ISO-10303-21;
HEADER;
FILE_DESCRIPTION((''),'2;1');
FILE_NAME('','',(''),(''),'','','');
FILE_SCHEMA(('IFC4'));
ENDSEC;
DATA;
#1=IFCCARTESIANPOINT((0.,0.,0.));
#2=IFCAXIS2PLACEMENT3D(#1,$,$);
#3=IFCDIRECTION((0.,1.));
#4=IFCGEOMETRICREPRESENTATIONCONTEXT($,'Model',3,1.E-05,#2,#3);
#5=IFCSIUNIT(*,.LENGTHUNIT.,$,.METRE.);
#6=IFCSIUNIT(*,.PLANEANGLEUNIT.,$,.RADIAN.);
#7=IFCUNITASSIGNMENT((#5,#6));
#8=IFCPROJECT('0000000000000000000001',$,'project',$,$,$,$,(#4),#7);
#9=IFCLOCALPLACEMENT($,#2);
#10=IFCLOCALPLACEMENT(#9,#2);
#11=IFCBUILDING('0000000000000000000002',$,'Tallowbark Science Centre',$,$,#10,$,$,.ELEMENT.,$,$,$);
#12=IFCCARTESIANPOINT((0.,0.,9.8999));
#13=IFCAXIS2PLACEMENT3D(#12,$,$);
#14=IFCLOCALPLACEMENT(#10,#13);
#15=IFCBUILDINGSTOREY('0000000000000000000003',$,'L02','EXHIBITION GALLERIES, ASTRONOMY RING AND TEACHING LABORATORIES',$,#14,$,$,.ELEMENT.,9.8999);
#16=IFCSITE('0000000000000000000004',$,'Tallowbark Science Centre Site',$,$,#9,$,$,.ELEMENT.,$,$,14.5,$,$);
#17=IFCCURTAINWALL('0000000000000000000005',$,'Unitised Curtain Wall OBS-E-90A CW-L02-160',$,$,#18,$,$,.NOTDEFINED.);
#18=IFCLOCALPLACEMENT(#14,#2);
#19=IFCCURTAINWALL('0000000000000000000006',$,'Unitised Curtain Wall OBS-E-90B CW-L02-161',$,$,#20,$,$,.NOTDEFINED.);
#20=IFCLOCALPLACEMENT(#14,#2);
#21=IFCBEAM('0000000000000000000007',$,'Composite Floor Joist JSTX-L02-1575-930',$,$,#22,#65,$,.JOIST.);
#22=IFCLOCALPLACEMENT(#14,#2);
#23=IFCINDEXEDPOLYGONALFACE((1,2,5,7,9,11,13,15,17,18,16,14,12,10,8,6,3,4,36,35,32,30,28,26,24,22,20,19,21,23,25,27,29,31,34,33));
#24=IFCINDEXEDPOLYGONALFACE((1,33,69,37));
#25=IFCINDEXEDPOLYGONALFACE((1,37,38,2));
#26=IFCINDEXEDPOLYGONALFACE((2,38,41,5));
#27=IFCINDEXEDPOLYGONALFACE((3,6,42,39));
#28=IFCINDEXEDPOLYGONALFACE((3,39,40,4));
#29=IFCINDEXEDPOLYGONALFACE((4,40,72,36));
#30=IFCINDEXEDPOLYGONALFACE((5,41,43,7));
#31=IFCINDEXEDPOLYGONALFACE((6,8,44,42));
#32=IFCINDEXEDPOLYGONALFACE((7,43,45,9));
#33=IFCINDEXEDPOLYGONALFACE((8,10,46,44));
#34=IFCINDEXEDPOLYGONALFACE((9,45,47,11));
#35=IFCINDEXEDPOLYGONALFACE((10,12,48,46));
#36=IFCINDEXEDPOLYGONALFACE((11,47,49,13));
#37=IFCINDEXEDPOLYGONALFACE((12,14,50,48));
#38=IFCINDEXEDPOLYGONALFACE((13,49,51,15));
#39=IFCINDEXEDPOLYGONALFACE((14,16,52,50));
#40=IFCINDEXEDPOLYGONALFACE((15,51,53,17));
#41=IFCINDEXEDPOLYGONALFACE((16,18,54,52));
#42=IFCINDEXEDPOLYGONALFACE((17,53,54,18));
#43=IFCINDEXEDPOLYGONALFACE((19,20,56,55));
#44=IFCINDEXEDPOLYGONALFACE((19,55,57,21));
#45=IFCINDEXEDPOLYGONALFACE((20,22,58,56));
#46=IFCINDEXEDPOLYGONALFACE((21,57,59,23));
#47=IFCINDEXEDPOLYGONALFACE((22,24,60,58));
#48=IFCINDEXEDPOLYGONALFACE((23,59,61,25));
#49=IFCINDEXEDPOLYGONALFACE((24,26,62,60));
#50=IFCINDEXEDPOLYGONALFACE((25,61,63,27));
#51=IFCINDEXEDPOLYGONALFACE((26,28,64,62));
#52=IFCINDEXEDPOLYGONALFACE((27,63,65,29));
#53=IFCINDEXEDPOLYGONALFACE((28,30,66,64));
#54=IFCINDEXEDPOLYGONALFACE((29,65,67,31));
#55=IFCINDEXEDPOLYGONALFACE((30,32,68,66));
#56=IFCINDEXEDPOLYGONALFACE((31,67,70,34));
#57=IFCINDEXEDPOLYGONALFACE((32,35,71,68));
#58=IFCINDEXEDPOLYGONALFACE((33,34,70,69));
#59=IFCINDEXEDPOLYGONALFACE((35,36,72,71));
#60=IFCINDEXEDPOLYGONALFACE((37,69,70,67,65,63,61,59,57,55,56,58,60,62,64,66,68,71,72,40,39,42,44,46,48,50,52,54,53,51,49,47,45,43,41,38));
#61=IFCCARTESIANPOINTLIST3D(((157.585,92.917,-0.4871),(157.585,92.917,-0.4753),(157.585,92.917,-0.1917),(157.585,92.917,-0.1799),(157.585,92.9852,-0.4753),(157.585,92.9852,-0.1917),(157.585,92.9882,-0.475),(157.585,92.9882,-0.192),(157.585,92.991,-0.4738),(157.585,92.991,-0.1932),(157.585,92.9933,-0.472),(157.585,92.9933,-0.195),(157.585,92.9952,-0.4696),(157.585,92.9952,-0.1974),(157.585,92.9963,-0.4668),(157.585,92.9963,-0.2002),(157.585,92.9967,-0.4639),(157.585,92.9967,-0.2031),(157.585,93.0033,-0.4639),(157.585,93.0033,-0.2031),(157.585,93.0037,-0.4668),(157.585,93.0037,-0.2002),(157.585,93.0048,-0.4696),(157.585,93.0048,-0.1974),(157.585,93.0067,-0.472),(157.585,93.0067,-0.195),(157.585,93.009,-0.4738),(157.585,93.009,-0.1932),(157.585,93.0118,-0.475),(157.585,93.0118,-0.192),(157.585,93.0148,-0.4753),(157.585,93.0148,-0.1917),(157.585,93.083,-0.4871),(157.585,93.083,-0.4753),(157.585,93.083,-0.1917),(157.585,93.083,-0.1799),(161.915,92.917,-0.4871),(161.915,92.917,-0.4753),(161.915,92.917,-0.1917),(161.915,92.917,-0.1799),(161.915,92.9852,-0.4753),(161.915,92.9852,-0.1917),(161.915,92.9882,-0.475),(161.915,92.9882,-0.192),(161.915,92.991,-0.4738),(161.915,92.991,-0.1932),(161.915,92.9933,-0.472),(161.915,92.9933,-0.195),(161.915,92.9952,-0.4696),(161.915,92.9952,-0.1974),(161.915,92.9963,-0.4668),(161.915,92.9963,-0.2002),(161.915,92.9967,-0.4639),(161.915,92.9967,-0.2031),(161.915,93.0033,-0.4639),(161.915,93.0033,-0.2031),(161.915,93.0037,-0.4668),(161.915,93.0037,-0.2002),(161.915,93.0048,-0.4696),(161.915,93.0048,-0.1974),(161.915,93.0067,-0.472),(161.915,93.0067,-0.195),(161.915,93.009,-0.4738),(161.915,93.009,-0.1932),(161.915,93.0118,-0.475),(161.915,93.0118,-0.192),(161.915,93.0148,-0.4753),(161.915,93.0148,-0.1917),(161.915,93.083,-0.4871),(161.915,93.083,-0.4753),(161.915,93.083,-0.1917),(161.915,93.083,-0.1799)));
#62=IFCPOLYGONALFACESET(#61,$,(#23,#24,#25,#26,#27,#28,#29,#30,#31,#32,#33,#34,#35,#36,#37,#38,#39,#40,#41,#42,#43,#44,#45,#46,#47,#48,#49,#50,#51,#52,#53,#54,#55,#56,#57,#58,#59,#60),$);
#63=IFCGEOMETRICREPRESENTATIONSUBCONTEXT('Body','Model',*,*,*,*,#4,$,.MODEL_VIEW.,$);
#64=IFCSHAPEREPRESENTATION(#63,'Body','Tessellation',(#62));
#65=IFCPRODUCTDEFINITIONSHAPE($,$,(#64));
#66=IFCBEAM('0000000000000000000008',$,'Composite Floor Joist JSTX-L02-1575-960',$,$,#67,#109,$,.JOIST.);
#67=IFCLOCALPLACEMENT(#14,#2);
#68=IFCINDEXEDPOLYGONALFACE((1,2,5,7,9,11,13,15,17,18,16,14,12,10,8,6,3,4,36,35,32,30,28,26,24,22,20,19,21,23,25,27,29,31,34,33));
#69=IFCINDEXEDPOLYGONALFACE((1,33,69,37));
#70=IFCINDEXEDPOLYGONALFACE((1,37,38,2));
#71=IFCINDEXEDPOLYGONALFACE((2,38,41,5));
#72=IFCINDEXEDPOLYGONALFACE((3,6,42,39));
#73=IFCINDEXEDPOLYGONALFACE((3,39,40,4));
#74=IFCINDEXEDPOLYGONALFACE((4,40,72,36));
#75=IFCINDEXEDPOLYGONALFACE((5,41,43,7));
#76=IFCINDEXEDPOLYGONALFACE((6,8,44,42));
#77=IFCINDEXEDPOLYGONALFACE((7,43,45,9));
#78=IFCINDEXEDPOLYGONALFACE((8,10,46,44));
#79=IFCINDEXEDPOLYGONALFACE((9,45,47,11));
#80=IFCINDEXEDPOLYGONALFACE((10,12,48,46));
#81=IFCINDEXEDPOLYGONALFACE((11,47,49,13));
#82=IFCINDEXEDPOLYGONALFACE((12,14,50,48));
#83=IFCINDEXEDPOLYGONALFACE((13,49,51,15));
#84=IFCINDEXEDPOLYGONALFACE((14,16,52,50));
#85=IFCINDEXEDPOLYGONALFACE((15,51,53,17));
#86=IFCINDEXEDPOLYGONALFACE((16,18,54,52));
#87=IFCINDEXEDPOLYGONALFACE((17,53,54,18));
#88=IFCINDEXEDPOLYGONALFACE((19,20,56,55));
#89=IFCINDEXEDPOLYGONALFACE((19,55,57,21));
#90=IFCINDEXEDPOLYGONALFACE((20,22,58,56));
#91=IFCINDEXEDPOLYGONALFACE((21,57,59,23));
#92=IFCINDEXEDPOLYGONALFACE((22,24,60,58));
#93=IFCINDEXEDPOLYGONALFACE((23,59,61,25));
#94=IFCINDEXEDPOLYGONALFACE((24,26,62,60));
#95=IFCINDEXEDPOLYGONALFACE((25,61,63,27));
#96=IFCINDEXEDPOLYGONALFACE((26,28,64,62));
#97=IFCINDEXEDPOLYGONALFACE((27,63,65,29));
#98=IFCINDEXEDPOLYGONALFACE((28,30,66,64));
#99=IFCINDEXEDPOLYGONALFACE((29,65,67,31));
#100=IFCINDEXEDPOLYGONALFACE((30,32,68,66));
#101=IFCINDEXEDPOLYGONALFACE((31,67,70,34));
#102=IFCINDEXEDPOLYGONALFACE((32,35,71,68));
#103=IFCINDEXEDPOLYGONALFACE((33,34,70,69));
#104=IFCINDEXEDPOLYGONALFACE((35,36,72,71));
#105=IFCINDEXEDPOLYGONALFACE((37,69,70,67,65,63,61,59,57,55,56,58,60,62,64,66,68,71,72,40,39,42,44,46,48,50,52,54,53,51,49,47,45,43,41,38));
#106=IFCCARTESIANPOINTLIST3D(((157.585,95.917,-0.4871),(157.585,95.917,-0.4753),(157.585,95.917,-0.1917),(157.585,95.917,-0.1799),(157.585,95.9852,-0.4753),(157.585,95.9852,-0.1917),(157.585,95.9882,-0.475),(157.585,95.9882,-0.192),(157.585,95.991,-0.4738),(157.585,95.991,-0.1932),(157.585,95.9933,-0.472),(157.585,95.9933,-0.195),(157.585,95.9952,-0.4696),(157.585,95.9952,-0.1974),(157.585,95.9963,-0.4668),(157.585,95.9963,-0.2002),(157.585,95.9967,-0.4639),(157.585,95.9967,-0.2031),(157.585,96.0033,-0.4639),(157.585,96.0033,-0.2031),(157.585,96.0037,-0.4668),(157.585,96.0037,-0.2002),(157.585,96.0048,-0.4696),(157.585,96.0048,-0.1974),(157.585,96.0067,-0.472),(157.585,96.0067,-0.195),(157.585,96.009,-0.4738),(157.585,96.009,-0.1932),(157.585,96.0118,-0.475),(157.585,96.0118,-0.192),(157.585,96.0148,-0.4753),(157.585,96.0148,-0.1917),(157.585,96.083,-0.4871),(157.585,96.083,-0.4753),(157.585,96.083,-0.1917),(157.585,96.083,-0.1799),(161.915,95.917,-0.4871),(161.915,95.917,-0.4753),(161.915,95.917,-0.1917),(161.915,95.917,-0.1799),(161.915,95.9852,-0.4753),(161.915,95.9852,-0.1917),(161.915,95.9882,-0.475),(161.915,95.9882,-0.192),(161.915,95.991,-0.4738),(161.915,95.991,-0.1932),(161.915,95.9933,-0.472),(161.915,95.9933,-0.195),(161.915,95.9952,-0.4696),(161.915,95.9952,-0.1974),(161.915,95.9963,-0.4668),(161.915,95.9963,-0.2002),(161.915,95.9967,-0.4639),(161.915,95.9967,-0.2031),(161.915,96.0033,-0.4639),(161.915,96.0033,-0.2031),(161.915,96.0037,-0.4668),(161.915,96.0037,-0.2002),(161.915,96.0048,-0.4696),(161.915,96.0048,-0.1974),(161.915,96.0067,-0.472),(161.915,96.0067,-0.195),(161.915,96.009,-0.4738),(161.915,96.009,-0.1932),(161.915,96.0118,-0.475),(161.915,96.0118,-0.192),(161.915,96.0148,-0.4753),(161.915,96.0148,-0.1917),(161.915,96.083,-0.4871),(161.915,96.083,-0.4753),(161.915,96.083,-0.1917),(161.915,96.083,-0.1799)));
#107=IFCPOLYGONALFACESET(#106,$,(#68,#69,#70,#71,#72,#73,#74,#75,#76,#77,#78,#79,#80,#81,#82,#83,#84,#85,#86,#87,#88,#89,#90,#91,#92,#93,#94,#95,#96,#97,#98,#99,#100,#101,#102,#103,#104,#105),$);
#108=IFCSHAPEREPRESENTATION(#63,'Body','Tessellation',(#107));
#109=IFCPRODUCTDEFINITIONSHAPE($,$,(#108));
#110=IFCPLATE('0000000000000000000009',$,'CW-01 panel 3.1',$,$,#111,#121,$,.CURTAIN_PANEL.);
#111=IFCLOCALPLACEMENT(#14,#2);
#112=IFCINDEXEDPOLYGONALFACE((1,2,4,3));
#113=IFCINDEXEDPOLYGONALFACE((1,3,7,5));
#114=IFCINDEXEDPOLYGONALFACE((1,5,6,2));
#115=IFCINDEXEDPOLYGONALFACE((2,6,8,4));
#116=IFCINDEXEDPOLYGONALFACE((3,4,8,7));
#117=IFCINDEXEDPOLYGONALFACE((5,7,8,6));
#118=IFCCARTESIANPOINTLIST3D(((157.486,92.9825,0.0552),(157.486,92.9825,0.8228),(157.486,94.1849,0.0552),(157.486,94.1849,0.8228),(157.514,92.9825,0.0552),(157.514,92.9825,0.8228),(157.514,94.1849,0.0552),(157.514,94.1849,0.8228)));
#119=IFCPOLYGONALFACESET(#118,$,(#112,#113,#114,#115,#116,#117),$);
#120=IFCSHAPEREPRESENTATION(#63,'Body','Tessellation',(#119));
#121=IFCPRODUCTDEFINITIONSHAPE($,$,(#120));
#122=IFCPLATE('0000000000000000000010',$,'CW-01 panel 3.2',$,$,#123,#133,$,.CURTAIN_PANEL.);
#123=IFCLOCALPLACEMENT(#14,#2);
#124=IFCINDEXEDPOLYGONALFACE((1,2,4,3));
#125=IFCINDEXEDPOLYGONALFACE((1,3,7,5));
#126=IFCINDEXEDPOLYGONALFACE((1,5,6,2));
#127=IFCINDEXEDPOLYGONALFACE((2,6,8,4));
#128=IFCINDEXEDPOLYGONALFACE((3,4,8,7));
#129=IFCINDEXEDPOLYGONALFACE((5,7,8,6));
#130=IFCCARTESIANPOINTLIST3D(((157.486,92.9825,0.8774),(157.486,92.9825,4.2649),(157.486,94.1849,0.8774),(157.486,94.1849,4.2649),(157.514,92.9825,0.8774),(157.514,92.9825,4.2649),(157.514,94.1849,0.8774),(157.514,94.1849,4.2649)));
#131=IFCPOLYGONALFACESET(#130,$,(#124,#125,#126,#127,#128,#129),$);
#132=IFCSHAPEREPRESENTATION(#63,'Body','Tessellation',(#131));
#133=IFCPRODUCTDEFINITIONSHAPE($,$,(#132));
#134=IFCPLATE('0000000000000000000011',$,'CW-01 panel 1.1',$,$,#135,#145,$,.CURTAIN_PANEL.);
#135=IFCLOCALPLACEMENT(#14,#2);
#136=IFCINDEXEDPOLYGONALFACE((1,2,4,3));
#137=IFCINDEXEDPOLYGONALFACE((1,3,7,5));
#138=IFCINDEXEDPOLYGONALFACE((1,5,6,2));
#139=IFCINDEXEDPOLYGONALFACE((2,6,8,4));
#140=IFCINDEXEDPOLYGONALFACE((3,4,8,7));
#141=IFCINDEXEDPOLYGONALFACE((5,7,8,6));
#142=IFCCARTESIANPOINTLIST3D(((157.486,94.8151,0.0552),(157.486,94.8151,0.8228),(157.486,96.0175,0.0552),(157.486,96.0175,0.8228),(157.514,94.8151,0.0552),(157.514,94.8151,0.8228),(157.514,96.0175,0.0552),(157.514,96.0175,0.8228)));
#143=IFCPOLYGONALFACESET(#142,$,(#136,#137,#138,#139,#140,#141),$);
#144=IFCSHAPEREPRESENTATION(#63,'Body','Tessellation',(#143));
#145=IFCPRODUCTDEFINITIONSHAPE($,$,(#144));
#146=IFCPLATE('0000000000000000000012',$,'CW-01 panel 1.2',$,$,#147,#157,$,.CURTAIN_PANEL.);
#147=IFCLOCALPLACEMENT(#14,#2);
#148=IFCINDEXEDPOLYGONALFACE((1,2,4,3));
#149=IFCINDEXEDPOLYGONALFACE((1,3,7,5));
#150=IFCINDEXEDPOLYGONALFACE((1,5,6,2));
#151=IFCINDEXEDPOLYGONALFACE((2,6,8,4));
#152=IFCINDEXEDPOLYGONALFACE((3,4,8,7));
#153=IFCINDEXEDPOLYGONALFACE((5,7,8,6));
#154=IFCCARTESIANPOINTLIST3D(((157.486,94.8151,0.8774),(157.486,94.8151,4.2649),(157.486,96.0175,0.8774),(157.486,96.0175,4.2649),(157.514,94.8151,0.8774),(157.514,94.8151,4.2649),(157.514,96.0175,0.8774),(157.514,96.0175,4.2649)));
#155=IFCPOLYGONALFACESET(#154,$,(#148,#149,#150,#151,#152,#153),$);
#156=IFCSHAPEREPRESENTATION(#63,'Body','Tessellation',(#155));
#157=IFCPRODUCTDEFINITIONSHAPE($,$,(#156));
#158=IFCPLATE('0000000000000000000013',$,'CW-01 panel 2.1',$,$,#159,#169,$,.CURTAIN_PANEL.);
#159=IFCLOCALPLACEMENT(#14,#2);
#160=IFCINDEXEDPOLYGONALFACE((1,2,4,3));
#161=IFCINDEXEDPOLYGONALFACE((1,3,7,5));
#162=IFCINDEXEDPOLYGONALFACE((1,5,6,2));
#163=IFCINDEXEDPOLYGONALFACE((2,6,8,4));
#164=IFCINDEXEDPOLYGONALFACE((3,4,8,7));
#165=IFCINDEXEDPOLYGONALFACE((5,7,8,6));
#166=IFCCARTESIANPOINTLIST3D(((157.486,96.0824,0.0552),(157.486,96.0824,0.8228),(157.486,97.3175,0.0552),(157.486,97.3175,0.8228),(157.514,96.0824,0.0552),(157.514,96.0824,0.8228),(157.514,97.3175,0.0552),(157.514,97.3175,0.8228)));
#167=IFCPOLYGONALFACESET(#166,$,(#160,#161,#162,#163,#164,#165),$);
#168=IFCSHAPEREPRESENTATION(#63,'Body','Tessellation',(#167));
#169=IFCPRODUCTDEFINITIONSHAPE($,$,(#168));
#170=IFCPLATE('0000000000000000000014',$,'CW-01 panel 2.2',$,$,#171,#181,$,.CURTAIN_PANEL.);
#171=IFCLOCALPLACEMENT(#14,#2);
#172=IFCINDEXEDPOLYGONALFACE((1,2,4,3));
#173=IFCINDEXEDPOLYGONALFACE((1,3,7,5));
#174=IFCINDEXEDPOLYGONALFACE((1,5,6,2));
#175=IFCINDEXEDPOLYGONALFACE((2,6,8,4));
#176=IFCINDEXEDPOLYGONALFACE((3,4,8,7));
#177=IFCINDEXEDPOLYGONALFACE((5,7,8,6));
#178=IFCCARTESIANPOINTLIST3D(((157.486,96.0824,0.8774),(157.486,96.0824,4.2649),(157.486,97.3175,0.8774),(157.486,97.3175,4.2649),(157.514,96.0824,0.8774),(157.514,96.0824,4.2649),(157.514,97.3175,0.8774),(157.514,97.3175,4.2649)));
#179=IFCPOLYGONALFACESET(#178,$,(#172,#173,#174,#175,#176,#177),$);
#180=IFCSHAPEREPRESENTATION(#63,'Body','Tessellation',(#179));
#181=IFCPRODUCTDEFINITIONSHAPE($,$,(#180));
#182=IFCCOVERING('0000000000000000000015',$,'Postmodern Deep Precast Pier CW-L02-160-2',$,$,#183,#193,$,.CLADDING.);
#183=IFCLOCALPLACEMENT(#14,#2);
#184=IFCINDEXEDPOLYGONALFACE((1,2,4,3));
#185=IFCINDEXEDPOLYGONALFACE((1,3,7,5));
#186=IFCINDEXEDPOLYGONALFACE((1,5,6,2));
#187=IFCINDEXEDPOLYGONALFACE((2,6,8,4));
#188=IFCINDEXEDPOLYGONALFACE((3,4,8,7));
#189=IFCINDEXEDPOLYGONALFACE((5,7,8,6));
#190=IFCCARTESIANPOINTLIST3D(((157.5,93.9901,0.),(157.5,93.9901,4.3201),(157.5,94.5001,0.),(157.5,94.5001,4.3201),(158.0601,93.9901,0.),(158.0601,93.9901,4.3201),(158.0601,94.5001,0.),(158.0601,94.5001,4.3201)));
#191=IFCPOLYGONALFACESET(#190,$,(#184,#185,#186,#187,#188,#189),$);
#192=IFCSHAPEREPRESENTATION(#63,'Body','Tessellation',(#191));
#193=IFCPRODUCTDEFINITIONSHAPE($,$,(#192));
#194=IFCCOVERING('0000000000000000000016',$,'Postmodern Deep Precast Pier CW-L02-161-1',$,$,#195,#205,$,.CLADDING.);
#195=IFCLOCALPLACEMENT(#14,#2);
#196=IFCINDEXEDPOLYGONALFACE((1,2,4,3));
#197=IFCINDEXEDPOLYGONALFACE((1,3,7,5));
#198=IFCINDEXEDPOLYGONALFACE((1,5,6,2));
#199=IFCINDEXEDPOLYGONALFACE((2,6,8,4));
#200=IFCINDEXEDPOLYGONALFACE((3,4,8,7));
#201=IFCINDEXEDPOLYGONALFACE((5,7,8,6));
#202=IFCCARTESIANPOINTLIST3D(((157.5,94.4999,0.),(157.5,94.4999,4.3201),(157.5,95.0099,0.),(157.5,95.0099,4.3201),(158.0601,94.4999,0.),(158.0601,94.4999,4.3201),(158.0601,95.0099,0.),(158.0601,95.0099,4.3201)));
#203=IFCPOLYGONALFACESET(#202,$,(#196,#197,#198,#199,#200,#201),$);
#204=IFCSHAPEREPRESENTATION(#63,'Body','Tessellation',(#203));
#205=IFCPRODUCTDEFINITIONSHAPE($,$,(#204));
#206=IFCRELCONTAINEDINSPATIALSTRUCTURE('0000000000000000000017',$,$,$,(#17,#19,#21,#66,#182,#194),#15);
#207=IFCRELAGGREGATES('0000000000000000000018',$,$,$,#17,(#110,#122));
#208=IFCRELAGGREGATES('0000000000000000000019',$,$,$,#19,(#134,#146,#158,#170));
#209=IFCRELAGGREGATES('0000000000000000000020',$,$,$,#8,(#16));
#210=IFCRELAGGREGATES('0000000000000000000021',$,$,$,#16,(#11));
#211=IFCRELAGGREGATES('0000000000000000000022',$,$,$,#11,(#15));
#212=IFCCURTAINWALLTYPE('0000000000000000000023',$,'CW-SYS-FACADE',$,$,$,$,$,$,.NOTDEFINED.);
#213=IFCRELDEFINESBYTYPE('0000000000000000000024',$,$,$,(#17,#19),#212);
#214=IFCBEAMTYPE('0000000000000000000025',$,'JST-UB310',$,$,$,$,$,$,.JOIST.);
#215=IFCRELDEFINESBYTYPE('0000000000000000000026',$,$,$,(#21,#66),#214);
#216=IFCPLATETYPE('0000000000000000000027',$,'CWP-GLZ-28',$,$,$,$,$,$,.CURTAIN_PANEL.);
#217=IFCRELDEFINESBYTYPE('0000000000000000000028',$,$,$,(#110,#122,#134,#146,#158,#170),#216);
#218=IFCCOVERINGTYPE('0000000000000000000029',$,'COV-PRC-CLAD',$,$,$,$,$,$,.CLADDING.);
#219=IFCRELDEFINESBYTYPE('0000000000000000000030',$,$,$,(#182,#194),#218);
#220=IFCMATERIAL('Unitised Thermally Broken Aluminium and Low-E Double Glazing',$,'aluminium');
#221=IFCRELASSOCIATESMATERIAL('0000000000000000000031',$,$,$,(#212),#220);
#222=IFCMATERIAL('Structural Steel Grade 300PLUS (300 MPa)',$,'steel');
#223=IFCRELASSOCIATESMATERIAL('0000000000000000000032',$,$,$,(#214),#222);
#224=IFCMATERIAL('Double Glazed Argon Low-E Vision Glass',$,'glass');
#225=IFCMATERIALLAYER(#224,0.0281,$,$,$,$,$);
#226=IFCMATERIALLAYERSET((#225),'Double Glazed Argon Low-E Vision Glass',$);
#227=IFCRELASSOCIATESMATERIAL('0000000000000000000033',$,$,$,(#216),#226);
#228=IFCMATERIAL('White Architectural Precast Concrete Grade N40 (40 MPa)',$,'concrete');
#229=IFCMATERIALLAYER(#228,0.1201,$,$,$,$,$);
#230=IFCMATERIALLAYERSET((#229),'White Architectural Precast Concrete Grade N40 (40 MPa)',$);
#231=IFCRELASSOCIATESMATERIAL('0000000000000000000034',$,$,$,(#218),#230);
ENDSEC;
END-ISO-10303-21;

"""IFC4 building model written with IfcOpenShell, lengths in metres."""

from ifc_helpers import new_model, si_unit, direction, frame, origin, origin_2d, place, context, subcontext, project, spatial, rectangle, i_section, extrude, material, layer, layer_set, material_profile, profile_set, type_object, element, aggregate, save


model = new_model("IFC4")

# Units and contexts
model_context = context("Model", 3, precision=1e-05, world=origin(), true_north=direction((0.0, 1.0)))
body_context = subcontext(model_context, "Body", "Model", "MODEL_VIEW")
ifc_project = project(units=[si_unit("LENGTHUNIT", "METRE"), si_unit("PLANEANGLEUNIT", "RADIAN")], contexts=[model_context])

# Site, building, storey
site_placement = place(None, origin())
site = spatial("IfcSite", under=ifc_project, at=site_placement, Name="Tallowbark Science Centre Site", CompositionType="ELEMENT", RefElevation=14.5)
building_placement = place(site_placement, origin())
building = spatial("IfcBuilding", under=site, at=building_placement, Name="Tallowbark Science Centre", CompositionType="ELEMENT")
storey_placement = place(building_placement, frame((0.0, 0.0, 9.8999)))
storey = spatial("IfcBuildingStorey", under=building, at=storey_placement, Name="L02", Description="EXHIBITION GALLERIES, ASTRONOMY RING AND TEACHING LABORATORIES", CompositionType="ELEMENT", Elevation=9.8999)

# Curtain wall
ifc_material_1 = material(Name="Unitised Thermally Broken Aluminium and Low-E Double Glazing", Category="aluminium")
curtain_wall_type = type_object("IfcCurtainWallType", Name="CW-SYS-FACADE", PredefinedType="NOTDEFINED", material=ifc_material_1)
curtain_wall_1_placement = place(storey_placement, origin())
curtain_wall_1 = element("IfcCurtainWall", 1, at=curtain_wall_1_placement, inside=storey, type_object=curtain_wall_type, Name="Unitised Curtain Wall OBS-E-90A CW-L02-160", PredefinedType="NOTDEFINED")

# Curtain wall
curtain_wall_2_placement = place(storey_placement, origin())
curtain_wall_2 = element("IfcCurtainWall", 2, at=curtain_wall_2_placement, inside=storey, type_object=curtain_wall_type, Name="Unitised Curtain Wall OBS-E-90B CW-L02-161", PredefinedType="NOTDEFINED")

# Beams
ifc_material_2 = material(Name="Structural Steel Grade 300PLUS (300 MPa)", Category="steel")
ifc_material_profile_1 = material_profile(ifc_material_2, i_section(OverallWidth=0.166, OverallDepth=0.3071, WebThickness=0.0066, FlangeThickness=0.0117, FilletRadius=0.0115, at=origin_2d()), Name="310UB46.2")
ifc_profile_set_1 = profile_set([ifc_material_profile_1], Name="Structural Steel Grade 300PLUS (300 MPa)")
beam_type = type_object("IfcBeamType", Name="JST-UB310", PredefinedType="JOIST", material=ifc_profile_set_1)
for number, where, z_axis, x_axis, name in (
    (3, (157.585, 93.0, -0.3335), (1.0, 0.0, 0.0), (0.0, 1.0, 0.0), "Composite Floor Joist JSTX-L02-1575-930"),
    (4, (157.585, 96.0, -0.3335), (1.0, 0.0, 0.0), (0.0, 1.0, 0.0), "Composite Floor Joist JSTX-L02-1575-960"),
):
    element("IfcBeam", number, at=place(storey_placement, frame(where, z_axis=z_axis, x_axis=x_axis)), inside=storey, type_object=beam_type, Name=name, PredefinedType="JOIST", context=body_context, shape_type="SweptSolid", body=[
        extrude(i_section(OverallWidth=0.166, OverallDepth=0.3071, WebThickness=0.0066, FlangeThickness=0.0117, FilletRadius=0.0115, at=origin_2d()), origin(), (0.0, 0.0, 1.0), 4.3301),
    ])

# Plates
ifc_material_3 = material(Name="Double Glazed Argon Low-E Vision Glass", Category="glass")
ifc_layer_1 = layer(ifc_material_3, 0.0281)
ifc_layer_set_1 = layer_set([ifc_layer_1], Name="Double Glazed Argon Low-E Vision Glass")
plate_type = type_object("IfcPlateType", Name="CWP-GLZ-28", PredefinedType="CURTAIN_PANEL", material=ifc_layer_set_1)
plate_1_placement = place(storey_placement, frame((157.5, 93.5837, 0.0552), z_axis=(0.0, 0.0, 1.0), x_axis=(0.0, 1.0, 0.0)))
plate_1 = element("IfcPlate", 5, at=plate_1_placement, type_object=plate_type, Name="CW-01 panel 3.1", PredefinedType="CURTAIN_PANEL", context=body_context, shape_type="SweptSolid", body=[
    extrude(rectangle(XDim=1.2024, YDim=0.0281, at=origin_2d()), origin(), (0.0, 0.0, 1.0), 0.7676),
])
plate_2_placement = place(storey_placement, frame((157.5, 93.5837, 0.8774), z_axis=(0.0, 0.0, 1.0), x_axis=(0.0, 1.0, 0.0)))
plate_2 = element("IfcPlate", 6, at=plate_2_placement, type_object=plate_type, Name="CW-01 panel 3.2", PredefinedType="CURTAIN_PANEL", context=body_context, shape_type="SweptSolid", body=[
    extrude(rectangle(XDim=1.2024, YDim=0.0281, at=origin_2d()), origin(), (0.0, 0.0, 1.0), 3.3875),
])
aggregate(curtain_wall_1, [plate_1, plate_2])
plate_3_placement = place(storey_placement, frame((157.5, 95.4163, 0.0552), z_axis=(0.0, 0.0, 1.0), x_axis=(0.0, 1.0, 0.0)))
plate_3 = element("IfcPlate", 7, at=plate_3_placement, type_object=plate_type, Name="CW-01 panel 1.1", PredefinedType="CURTAIN_PANEL", context=body_context, shape_type="SweptSolid", body=[
    extrude(rectangle(XDim=1.2024, YDim=0.0281, at=origin_2d()), origin(), (0.0, 0.0, 1.0), 0.7676),
])
plate_4_placement = place(storey_placement, frame((157.5, 95.4163, 0.8774), z_axis=(0.0, 0.0, 1.0), x_axis=(0.0, 1.0, 0.0)))
plate_4 = element("IfcPlate", 8, at=plate_4_placement, type_object=plate_type, Name="CW-01 panel 1.2", PredefinedType="CURTAIN_PANEL", context=body_context, shape_type="SweptSolid", body=[
    extrude(rectangle(XDim=1.2024, YDim=0.0281, at=origin_2d()), origin(), (0.0, 0.0, 1.0), 3.3875),
])
plate_5_placement = place(storey_placement, frame((157.5, 96.7, 0.0552), z_axis=(0.0, 0.0, 1.0), x_axis=(0.0, 1.0, 0.0)))
plate_5 = element("IfcPlate", 9, at=plate_5_placement, type_object=plate_type, Name="CW-01 panel 2.1", PredefinedType="CURTAIN_PANEL", context=body_context, shape_type="SweptSolid", body=[
    extrude(rectangle(XDim=1.2351, YDim=0.0281, at=origin_2d()), origin(), (0.0, 0.0, 1.0), 0.7676),
])
plate_6_placement = place(storey_placement, frame((157.5, 96.7, 0.8774), z_axis=(0.0, 0.0, 1.0), x_axis=(0.0, 1.0, 0.0)))
plate_6 = element("IfcPlate", 10, at=plate_6_placement, type_object=plate_type, Name="CW-01 panel 2.2", PredefinedType="CURTAIN_PANEL", context=body_context, shape_type="SweptSolid", body=[
    extrude(rectangle(XDim=1.2351, YDim=0.0281, at=origin_2d()), origin(), (0.0, 0.0, 1.0), 3.3875),
])
aggregate(curtain_wall_2, [plate_3, plate_4, plate_5, plate_6])

# Coverings
ifc_material_4 = material(Name="White Architectural Precast Concrete Grade N40 (40 MPa)", Category="concrete")
ifc_layer_2 = layer(ifc_material_4, 0.1201)
ifc_layer_set_2 = layer_set([ifc_layer_2], Name="White Architectural Precast Concrete Grade N40 (40 MPa)")
covering_type_1 = type_object("IfcCoveringType", Name="COV-PRC-CLAD", PredefinedType="CLADDING", material=ifc_layer_set_2)
for number, where, z_axis, x_axis, name in (
    (11, (157.78, 94.2451, 0.0), (0.0, 0.0, 1.0), (0.0, 1.0, 0.0), "Postmodern Deep Precast Pier CW-L02-160-2"),
    (12, (157.78, 94.7549, 0.0), (0.0, 0.0, 1.0), (0.0, 1.0, 0.0), "Postmodern Deep Precast Pier CW-L02-161-1"),
):
    element("IfcCovering", number, at=place(storey_placement, frame(where, z_axis=z_axis, x_axis=x_axis)), inside=storey, type_object=covering_type_1, Name=name, PredefinedType="CLADDING", context=body_context, shape_type="SweptSolid", body=[
        extrude(rectangle(XDim=0.51, YDim=0.5601, at=origin_2d()), origin(), (0.0, 0.0, 1.0), 4.3201),
    ])

save(model, "model.ifc")
